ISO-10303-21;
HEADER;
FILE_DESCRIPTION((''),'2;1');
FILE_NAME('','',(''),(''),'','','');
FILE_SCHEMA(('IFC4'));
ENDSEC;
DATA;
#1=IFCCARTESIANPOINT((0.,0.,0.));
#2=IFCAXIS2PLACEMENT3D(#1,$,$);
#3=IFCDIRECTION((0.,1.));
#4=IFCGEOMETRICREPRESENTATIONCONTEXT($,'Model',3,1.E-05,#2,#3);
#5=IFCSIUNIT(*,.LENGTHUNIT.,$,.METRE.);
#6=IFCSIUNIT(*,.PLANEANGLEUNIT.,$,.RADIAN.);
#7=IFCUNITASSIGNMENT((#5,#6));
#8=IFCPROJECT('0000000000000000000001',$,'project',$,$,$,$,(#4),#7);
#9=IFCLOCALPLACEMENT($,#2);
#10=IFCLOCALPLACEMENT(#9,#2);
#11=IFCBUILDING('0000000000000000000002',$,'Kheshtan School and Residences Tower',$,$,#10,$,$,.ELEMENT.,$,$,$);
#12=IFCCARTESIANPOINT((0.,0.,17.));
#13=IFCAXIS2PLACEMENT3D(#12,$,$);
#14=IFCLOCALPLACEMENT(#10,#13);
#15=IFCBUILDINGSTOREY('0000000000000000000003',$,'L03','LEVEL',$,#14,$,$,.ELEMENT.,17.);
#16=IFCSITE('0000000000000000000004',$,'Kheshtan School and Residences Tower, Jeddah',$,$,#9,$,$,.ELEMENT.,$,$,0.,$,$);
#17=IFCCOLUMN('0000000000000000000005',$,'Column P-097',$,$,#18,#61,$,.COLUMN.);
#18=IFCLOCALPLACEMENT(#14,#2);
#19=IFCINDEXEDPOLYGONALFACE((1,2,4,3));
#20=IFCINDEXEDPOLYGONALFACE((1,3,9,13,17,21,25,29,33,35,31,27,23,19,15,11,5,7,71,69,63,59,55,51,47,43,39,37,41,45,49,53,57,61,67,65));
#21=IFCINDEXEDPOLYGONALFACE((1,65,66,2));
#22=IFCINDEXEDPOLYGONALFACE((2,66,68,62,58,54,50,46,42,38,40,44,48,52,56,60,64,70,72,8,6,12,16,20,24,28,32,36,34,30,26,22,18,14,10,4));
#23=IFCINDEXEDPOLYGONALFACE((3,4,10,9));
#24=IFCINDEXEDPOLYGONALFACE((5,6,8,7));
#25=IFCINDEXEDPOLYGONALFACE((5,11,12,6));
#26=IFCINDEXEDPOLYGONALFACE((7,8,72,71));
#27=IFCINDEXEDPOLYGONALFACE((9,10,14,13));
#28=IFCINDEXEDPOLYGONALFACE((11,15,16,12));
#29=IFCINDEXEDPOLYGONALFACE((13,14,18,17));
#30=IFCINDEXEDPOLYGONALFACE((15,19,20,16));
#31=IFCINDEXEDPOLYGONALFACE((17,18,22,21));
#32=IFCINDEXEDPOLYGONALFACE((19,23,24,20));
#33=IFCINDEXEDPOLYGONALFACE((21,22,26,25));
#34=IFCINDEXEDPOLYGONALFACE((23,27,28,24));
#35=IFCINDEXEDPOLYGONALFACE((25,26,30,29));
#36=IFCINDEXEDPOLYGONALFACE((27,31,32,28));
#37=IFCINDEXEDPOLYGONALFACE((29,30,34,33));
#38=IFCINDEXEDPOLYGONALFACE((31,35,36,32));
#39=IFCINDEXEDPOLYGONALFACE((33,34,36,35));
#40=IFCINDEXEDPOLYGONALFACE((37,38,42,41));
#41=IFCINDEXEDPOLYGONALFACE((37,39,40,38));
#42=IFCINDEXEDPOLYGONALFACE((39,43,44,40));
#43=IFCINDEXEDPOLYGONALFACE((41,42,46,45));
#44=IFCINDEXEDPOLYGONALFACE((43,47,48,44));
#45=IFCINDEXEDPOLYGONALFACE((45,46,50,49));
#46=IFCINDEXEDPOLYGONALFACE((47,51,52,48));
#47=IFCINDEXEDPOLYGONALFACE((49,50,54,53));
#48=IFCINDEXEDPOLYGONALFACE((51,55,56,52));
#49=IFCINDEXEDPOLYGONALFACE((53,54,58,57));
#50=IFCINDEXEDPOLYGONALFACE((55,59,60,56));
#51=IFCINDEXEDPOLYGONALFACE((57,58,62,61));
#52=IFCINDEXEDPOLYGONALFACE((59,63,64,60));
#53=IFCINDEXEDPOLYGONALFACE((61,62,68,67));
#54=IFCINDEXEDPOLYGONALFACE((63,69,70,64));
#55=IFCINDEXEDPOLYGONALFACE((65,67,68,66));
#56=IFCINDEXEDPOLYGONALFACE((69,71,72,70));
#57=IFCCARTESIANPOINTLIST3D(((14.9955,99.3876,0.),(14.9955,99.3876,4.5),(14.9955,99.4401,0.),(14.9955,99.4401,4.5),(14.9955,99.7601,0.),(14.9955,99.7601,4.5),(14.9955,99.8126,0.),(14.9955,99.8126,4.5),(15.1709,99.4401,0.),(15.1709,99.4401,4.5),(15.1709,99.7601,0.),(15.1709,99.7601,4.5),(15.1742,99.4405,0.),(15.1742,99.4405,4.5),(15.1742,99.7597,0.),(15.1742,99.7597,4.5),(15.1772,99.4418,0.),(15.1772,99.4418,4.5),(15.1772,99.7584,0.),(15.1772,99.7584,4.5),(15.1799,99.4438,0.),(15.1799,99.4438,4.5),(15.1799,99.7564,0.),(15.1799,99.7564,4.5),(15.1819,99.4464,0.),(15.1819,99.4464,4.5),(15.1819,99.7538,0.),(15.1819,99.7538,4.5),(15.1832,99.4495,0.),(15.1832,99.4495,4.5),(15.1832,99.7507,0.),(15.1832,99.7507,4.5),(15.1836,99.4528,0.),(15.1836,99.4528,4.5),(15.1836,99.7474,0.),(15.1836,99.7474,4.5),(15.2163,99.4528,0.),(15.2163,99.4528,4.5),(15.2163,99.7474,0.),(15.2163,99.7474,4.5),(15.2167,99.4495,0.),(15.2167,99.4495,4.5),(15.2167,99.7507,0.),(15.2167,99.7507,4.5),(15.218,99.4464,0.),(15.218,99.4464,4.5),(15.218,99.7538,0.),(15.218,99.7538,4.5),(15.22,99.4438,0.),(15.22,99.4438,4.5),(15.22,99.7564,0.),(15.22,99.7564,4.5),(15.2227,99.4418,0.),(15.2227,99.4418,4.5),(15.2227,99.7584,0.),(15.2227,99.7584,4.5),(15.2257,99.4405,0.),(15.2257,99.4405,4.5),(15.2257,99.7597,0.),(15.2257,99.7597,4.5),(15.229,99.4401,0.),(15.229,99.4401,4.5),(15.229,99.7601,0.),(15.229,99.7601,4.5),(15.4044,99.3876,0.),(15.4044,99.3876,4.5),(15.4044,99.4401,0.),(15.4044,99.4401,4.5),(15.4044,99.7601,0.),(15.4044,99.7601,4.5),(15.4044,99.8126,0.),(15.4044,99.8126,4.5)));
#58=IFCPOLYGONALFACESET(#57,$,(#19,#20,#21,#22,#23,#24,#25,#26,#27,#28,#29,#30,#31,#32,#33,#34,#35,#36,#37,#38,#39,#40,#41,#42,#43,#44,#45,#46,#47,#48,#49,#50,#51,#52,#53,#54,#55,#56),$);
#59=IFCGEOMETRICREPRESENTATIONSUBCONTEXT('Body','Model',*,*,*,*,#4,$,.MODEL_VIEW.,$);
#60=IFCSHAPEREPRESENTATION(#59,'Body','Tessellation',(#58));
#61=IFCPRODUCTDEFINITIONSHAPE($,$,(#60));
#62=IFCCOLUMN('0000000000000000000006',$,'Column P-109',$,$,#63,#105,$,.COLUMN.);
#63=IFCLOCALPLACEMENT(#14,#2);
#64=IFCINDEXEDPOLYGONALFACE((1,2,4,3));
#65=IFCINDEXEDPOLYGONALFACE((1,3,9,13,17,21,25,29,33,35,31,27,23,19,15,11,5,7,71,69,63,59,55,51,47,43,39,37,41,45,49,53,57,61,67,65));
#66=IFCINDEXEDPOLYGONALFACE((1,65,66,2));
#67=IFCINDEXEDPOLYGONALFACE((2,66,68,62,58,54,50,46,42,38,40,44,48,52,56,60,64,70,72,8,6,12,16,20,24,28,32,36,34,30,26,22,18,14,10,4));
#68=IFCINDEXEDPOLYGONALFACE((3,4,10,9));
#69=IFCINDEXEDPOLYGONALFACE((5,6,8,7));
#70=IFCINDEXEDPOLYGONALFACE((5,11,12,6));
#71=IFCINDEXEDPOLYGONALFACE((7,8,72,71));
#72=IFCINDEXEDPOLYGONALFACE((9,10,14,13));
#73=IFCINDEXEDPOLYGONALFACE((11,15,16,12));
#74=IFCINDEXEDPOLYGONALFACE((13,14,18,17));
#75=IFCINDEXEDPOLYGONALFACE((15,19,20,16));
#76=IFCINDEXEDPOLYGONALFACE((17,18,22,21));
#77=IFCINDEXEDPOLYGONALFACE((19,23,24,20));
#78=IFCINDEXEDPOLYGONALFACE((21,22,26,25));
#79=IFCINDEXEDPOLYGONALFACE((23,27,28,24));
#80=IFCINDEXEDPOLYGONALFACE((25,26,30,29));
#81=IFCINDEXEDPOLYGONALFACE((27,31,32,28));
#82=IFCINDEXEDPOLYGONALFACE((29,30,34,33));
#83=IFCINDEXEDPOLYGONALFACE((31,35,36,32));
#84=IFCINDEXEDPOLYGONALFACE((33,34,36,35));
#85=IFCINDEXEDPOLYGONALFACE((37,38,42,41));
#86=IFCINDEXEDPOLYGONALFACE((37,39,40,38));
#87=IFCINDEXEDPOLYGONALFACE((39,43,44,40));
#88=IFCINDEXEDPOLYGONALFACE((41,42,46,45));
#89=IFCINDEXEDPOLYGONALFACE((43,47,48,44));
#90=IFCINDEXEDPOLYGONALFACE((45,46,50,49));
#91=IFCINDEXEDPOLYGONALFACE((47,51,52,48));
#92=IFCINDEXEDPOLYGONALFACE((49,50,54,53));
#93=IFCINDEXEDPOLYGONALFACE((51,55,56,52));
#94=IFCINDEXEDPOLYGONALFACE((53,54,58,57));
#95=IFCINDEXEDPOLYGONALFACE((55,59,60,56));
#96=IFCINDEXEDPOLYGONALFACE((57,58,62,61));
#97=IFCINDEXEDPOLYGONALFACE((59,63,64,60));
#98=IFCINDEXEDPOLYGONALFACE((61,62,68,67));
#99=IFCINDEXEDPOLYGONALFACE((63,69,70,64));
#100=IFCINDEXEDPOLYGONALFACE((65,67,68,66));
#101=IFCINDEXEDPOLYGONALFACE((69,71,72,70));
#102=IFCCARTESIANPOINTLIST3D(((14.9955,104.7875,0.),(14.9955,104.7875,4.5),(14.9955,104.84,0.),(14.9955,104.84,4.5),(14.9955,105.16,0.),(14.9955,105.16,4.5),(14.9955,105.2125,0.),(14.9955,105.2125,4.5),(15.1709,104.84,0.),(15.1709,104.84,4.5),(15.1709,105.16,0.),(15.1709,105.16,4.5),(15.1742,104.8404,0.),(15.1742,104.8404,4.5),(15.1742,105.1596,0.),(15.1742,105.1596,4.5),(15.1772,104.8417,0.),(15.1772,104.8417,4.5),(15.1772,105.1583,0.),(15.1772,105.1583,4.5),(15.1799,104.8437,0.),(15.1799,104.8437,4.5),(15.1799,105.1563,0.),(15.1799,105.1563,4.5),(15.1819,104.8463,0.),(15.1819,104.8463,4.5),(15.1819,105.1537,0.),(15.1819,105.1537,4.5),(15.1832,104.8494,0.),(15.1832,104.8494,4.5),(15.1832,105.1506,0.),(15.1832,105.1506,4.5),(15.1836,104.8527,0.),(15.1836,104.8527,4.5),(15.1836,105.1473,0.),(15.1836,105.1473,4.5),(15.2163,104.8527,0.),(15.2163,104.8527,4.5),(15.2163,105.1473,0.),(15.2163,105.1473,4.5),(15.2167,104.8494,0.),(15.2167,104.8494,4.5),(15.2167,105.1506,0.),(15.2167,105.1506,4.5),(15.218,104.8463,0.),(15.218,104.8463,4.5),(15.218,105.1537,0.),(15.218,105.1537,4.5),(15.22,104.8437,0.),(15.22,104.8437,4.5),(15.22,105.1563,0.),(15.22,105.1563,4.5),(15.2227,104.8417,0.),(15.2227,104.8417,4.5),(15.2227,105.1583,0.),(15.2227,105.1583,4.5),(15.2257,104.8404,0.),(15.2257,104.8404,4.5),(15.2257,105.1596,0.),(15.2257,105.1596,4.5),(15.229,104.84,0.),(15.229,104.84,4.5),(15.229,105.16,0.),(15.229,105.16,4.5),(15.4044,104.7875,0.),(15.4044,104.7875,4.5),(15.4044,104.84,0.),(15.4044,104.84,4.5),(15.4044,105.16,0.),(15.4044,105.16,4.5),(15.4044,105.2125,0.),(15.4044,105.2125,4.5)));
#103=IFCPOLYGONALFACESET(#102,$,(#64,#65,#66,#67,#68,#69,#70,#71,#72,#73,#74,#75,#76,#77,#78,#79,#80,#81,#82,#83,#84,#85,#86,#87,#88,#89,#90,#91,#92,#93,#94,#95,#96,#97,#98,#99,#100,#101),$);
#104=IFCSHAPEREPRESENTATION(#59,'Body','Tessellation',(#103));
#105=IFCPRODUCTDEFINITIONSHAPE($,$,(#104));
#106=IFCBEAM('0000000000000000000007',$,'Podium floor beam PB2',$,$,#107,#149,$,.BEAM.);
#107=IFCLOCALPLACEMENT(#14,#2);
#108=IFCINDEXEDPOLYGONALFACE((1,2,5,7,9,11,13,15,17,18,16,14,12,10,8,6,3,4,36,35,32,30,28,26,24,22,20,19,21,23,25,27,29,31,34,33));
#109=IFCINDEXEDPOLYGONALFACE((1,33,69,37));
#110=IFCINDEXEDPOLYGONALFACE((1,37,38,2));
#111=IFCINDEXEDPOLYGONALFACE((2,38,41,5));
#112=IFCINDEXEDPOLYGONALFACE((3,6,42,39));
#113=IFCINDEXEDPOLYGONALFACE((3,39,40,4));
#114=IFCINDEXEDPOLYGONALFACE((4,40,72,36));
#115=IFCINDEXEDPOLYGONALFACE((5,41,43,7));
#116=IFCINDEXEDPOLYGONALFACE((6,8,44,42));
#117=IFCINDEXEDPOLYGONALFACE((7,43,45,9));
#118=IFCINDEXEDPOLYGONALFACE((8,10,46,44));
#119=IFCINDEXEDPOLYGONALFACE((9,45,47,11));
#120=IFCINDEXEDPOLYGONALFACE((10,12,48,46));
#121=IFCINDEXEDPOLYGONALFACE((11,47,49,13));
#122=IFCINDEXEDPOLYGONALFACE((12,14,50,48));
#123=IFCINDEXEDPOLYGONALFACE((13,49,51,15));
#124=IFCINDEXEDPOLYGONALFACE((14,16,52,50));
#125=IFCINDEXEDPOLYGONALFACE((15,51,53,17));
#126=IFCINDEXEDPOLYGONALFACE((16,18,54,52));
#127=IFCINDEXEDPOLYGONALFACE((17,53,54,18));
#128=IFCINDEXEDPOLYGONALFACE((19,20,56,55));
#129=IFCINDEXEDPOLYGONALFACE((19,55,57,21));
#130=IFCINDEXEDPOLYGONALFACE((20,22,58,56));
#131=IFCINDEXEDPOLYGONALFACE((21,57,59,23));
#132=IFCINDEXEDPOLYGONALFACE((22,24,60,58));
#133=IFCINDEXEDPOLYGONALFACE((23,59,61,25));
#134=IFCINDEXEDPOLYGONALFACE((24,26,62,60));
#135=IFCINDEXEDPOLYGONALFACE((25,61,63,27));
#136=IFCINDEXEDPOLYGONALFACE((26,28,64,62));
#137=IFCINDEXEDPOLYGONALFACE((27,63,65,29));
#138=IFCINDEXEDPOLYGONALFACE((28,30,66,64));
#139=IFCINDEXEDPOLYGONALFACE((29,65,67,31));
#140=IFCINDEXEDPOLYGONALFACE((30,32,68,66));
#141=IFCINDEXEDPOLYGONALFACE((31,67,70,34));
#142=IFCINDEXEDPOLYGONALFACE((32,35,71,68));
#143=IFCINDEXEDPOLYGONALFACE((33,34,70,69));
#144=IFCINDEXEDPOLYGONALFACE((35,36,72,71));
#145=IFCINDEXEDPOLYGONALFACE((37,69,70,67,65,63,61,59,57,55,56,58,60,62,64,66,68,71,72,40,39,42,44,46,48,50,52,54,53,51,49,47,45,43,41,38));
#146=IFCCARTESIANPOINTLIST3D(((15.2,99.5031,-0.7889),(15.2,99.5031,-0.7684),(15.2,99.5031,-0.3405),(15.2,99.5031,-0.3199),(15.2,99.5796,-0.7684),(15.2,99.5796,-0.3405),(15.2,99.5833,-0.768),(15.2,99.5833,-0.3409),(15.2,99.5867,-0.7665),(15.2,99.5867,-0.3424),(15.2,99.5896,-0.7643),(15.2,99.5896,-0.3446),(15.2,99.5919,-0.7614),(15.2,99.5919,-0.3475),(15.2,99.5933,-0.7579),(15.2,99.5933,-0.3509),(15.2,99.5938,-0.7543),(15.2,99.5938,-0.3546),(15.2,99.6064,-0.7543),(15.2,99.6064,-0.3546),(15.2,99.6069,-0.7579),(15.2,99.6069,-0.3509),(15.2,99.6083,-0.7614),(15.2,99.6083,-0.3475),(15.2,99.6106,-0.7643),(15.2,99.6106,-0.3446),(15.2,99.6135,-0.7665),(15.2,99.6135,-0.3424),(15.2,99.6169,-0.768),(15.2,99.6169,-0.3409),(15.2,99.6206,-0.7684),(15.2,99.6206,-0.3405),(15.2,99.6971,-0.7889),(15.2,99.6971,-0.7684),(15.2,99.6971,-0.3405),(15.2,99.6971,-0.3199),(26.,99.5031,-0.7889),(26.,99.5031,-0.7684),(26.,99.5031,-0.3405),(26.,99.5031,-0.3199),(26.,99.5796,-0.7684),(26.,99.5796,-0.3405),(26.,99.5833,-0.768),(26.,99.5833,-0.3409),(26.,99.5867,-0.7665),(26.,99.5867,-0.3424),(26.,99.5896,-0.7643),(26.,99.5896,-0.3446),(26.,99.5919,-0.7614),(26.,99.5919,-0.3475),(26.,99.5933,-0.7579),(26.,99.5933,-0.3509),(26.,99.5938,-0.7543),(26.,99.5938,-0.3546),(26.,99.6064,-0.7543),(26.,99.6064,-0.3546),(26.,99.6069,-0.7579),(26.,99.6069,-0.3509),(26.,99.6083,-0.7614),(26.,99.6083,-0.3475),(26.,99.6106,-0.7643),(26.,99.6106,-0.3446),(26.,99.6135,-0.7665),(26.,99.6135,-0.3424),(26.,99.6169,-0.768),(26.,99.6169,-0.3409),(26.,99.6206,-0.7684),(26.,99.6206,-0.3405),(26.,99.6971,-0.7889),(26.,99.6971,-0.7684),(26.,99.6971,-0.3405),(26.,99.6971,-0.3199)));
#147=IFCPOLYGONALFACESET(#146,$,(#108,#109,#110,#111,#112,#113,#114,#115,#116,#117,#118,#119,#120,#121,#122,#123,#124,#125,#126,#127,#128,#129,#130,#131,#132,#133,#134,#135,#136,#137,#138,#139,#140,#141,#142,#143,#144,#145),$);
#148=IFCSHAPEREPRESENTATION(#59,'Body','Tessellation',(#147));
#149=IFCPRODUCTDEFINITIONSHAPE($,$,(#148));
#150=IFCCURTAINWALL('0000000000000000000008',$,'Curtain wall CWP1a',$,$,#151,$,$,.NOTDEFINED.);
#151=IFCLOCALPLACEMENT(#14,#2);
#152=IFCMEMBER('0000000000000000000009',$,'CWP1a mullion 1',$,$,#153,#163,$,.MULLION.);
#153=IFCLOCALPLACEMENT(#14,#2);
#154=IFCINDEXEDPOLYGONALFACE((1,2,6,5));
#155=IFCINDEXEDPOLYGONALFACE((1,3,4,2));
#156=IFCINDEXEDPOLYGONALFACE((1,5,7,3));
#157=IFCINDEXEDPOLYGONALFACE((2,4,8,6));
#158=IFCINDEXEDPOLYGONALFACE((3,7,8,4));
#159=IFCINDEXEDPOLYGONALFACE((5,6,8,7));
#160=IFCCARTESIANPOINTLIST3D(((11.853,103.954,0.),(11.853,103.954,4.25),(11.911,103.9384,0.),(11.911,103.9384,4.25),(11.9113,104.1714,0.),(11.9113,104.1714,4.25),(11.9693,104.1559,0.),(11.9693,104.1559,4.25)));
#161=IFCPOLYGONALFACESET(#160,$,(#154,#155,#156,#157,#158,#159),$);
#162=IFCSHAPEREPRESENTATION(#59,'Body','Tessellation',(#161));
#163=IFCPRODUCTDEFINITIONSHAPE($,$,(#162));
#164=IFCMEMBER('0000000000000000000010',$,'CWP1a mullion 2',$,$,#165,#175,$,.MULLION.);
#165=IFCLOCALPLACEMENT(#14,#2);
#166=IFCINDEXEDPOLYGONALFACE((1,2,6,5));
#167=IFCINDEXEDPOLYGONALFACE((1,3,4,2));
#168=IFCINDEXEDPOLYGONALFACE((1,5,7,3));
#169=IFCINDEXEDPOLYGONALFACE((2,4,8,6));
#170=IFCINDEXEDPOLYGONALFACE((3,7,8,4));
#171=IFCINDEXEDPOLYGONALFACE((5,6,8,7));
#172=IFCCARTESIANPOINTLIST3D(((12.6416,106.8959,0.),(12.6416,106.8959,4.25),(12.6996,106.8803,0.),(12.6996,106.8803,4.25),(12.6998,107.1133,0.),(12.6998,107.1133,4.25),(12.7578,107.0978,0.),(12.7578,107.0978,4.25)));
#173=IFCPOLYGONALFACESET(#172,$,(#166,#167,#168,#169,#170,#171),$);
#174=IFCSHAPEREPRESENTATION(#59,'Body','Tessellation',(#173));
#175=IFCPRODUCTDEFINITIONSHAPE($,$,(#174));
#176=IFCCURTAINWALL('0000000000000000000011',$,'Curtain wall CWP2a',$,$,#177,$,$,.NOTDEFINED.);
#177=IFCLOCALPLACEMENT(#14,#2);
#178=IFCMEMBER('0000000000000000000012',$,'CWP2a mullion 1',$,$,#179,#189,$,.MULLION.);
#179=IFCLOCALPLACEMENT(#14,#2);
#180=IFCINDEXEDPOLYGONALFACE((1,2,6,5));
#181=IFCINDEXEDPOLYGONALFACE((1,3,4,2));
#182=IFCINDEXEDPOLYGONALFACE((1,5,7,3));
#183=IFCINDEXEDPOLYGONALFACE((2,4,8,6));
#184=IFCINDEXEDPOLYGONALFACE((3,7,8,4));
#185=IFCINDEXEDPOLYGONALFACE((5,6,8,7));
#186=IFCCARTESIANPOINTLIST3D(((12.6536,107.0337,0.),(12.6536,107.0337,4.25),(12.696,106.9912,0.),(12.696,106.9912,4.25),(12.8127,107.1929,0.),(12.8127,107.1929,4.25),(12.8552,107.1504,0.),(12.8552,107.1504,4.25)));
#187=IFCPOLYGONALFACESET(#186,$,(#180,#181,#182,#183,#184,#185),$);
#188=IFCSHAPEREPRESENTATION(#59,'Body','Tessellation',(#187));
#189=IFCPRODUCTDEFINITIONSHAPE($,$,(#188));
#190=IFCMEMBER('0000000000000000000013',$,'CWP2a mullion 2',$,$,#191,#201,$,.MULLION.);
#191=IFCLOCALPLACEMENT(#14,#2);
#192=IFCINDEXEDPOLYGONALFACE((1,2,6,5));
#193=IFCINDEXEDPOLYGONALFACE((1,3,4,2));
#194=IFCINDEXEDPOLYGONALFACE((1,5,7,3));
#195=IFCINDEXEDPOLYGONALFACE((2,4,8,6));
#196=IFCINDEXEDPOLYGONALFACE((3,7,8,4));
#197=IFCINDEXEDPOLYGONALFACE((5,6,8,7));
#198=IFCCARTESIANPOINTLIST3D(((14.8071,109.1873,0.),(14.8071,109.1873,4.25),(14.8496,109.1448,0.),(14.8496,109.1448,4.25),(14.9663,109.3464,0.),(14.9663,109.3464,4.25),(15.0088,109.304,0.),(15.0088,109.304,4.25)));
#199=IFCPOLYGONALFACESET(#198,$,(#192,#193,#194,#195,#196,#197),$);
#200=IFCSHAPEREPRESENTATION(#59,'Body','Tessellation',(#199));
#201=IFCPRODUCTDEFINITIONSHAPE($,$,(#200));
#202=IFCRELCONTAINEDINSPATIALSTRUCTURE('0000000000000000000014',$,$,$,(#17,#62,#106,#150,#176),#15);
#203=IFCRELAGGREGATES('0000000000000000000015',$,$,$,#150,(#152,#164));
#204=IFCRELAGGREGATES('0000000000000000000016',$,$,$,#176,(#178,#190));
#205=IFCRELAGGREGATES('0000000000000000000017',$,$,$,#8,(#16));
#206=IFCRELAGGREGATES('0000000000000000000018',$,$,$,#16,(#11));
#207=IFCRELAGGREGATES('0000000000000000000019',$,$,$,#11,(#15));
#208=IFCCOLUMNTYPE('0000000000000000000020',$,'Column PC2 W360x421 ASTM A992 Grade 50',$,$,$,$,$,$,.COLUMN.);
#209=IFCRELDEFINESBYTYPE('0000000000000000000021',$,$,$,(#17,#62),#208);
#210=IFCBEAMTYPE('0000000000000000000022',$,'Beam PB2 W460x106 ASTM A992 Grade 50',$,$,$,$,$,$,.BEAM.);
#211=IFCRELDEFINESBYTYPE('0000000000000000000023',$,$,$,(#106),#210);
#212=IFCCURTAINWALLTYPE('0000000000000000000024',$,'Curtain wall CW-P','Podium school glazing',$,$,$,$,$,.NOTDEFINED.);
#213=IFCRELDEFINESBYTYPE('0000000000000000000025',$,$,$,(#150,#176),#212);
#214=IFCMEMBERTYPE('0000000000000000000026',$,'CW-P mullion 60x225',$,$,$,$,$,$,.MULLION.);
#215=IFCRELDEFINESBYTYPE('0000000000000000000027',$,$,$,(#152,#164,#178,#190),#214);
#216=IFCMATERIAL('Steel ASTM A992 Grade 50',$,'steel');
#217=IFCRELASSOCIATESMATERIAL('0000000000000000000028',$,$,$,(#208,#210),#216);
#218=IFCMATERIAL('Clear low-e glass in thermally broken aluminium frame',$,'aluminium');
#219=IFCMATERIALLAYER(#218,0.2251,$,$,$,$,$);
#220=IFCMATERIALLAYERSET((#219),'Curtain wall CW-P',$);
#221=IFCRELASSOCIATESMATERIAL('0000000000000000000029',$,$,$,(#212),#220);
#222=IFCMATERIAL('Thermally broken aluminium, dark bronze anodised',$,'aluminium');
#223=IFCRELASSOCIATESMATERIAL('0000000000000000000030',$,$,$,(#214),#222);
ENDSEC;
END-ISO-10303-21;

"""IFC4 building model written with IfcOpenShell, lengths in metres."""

from ifc_helpers import new_model, si_unit, direction, frame, origin, origin_2d, place, context, subcontext, project, spatial, rectangle, i_section, extrude, material, layer, layer_set, material_profile, profile_set, type_object, element, aggregate, save


model = new_model("IFC4")

# Units and contexts
model_context = context("Model", 3, precision=1e-05, world=origin(), true_north=direction((0.0, 1.0)))
body_context = subcontext(model_context, "Body", "Model", "MODEL_VIEW")
ifc_project = project(units=[si_unit("LENGTHUNIT", "METRE"), si_unit("PLANEANGLEUNIT", "RADIAN")], contexts=[model_context])

# Site, building, storey
site_placement = place(None, origin())
site = spatial("IfcSite", under=ifc_project, at=site_placement, Name="Kheshtan School and Residences Tower, Jeddah", CompositionType="ELEMENT", RefElevation=0.0)
building_placement = place(site_placement, origin())
building = spatial("IfcBuilding", under=site, at=building_placement, Name="Kheshtan School and Residences Tower", CompositionType="ELEMENT")
storey_placement = place(building_placement, frame((0.0, 0.0, 17.0)))
storey = spatial("IfcBuildingStorey", under=building, at=storey_placement, Name="L03", Description="LEVEL", CompositionType="ELEMENT", Elevation=17.0)

# Columns
ifc_material_1 = material(Name="Steel ASTM A992 Grade 50", Category="steel")
ifc_material_profile_1 = material_profile(ifc_material_1, i_section(OverallWidth=0.4089, OverallDepth=0.425, WebThickness=0.0327, FlangeThickness=0.0525, FilletRadius=0.0127, at=origin_2d()), Name="W360x421")
ifc_profile_set_1 = profile_set([ifc_material_profile_1], Name="Steel ASTM A992 Grade 50")
column_type = type_object("IfcColumnType", Name="Column PC2 W360x421 ASTM A992 Grade 50", PredefinedType="COLUMN", material=ifc_profile_set_1)
for number, where, z_axis, x_axis, name in (
    (1, (15.2, 99.6001, 0.0), (0.0, 0.0, 1.0), (1.0, 0.0, 0.0), "Column P-097"),
    (2, (15.2, 105.0, 0.0), (0.0, 0.0, 1.0), (1.0, 0.0, 0.0), "Column P-109"),
):
    element("IfcColumn", number, at=place(storey_placement, frame(where, z_axis=z_axis, x_axis=x_axis)), inside=storey, type_object=column_type, Name=name, PredefinedType="COLUMN", context=body_context, shape_type="SweptSolid", body=[
        extrude(i_section(OverallWidth=0.4089, OverallDepth=0.425, WebThickness=0.0327, FlangeThickness=0.0525, FilletRadius=0.0127, at=origin_2d()), origin(), (0.0, 0.0, 1.0), 4.5),
    ])

# Beam
ifc_material_profile_2 = material_profile(ifc_material_1, i_section(OverallWidth=0.1941, OverallDepth=0.469, WebThickness=0.0127, FlangeThickness=0.0205, FilletRadius=0.0142, at=origin_2d()), Name="W460x106")
ifc_profile_set_2 = profile_set([ifc_material_profile_2], Name="Steel ASTM A992 Grade 50")
beam_type = type_object("IfcBeamType", Name="Beam PB2 W460x106 ASTM A992 Grade 50", PredefinedType="BEAM", material=ifc_profile_set_2)
beam_placement = place(storey_placement, frame((15.2, 99.6001, -0.5544), z_axis=(1.0, 0.0, 0.0), x_axis=(0.0, 1.0, 0.0)))
element("IfcBeam", 3, at=beam_placement, inside=storey, type_object=beam_type, Name="Podium floor beam PB2", PredefinedType="BEAM", context=body_context, shape_type="SweptSolid", body=[
    extrude(i_section(OverallWidth=0.1941, OverallDepth=0.469, WebThickness=0.0127, FlangeThickness=0.0205, FilletRadius=0.0142, at=origin_2d()), origin(), (0.0, 0.0, 1.0), 10.8),
])

# Curtain walls, members
ifc_material_2 = material(Name="Clear low-e glass in thermally broken aluminium frame", Category="aluminium")
ifc_layer_1 = layer(ifc_material_2, 0.2251)
ifc_layer_set_1 = layer_set([ifc_layer_1], Name="Curtain wall CW-P")
curtain_wall_type = type_object("IfcCurtainWallType", Name="Curtain wall CW-P", Description="Podium school glazing", PredefinedType="NOTDEFINED", material=ifc_layer_set_1)
curtain_wall_1_placement = place(storey_placement, origin())
curtain_wall_1 = element("IfcCurtainWall", 4, at=curtain_wall_1_placement, inside=storey, type_object=curtain_wall_type, Name="Curtain wall CWP1a", PredefinedType="NOTDEFINED")
ifc_material_3 = material(Name="Thermally broken aluminium, dark bronze anodised", Category="aluminium")
ifc_material_profile_3 = material_profile(ifc_material_3, rectangle(XDim=0.0601, YDim=0.2251, at=origin_2d()), Name="CW-P mullion 60x225")
ifc_profile_set_3 = profile_set([ifc_material_profile_3], Name="Thermally broken aluminium, dark bronze anodised")
member_type_1 = type_object("IfcMemberType", Name="CW-P mullion 60x225", PredefinedType="MULLION", material=ifc_profile_set_3)
member_1_placement = place(storey_placement, frame((11.9111, 104.0549, 0.0), z_axis=(0.0, 0.0, 1.0), x_axis=(-0.965914, 0.258865, 0.0)))
member_1 = element("IfcMember", 5, at=member_1_placement, type_object=member_type_1, Name="CWP1a mullion 1", PredefinedType="MULLION", context=body_context, shape_type="SweptSolid", body=[
    extrude(rectangle(XDim=0.0601, YDim=0.2251, at=origin_2d()), origin(), (0.0, 0.0, 1.0), 4.25),
])
member_2_placement = place(storey_placement, frame((12.6997, 106.9968, 0.0), z_axis=(0.0, 0.0, 1.0), x_axis=(-0.965914, 0.258865, 0.0)))
member_2 = element("IfcMember", 6, at=member_2_placement, type_object=member_type_1, Name="CWP1a mullion 2", PredefinedType="MULLION", context=body_context, shape_type="SweptSolid", body=[
    extrude(rectangle(XDim=0.0601, YDim=0.2251, at=origin_2d()), origin(), (0.0, 0.0, 1.0), 4.25),
])
curtain_wall_2_placement = place(storey_placement, origin())
curtain_wall_2 = element("IfcCurtainWall", 7, at=curtain_wall_2_placement, inside=storey, type_object=curtain_wall_type, Name="Curtain wall CWP2a", PredefinedType="NOTDEFINED")
member_3_placement = place(storey_placement, frame((12.7544, 107.092, 0.0), z_axis=(0.0, 0.0, 1.0), x_axis=(-0.707107, 0.707107, 0.0)))
member_3 = element("IfcMember", 8, at=member_3_placement, type_object=member_type_1, Name="CWP2a mullion 1", PredefinedType="MULLION", context=body_context, shape_type="SweptSolid", body=[
    extrude(rectangle(XDim=0.0601, YDim=0.2251, at=origin_2d()), origin(), (0.0, 0.0, 1.0), 4.25),
])
member_4_placement = place(storey_placement, frame((14.908, 109.2456, 0.0), z_axis=(0.0, 0.0, 1.0), x_axis=(-0.707107, 0.707107, 0.0)))
member_4 = element("IfcMember", 9, at=member_4_placement, type_object=member_type_1, Name="CWP2a mullion 2", PredefinedType="MULLION", context=body_context, shape_type="SweptSolid", body=[
    extrude(rectangle(XDim=0.0601, YDim=0.2251, at=origin_2d()), origin(), (0.0, 0.0, 1.0), 4.25),
])

aggregate(curtain_wall_1, [member_1, member_2])
aggregate(curtain_wall_2, [member_3, member_4])

save(model, "model.ifc")
